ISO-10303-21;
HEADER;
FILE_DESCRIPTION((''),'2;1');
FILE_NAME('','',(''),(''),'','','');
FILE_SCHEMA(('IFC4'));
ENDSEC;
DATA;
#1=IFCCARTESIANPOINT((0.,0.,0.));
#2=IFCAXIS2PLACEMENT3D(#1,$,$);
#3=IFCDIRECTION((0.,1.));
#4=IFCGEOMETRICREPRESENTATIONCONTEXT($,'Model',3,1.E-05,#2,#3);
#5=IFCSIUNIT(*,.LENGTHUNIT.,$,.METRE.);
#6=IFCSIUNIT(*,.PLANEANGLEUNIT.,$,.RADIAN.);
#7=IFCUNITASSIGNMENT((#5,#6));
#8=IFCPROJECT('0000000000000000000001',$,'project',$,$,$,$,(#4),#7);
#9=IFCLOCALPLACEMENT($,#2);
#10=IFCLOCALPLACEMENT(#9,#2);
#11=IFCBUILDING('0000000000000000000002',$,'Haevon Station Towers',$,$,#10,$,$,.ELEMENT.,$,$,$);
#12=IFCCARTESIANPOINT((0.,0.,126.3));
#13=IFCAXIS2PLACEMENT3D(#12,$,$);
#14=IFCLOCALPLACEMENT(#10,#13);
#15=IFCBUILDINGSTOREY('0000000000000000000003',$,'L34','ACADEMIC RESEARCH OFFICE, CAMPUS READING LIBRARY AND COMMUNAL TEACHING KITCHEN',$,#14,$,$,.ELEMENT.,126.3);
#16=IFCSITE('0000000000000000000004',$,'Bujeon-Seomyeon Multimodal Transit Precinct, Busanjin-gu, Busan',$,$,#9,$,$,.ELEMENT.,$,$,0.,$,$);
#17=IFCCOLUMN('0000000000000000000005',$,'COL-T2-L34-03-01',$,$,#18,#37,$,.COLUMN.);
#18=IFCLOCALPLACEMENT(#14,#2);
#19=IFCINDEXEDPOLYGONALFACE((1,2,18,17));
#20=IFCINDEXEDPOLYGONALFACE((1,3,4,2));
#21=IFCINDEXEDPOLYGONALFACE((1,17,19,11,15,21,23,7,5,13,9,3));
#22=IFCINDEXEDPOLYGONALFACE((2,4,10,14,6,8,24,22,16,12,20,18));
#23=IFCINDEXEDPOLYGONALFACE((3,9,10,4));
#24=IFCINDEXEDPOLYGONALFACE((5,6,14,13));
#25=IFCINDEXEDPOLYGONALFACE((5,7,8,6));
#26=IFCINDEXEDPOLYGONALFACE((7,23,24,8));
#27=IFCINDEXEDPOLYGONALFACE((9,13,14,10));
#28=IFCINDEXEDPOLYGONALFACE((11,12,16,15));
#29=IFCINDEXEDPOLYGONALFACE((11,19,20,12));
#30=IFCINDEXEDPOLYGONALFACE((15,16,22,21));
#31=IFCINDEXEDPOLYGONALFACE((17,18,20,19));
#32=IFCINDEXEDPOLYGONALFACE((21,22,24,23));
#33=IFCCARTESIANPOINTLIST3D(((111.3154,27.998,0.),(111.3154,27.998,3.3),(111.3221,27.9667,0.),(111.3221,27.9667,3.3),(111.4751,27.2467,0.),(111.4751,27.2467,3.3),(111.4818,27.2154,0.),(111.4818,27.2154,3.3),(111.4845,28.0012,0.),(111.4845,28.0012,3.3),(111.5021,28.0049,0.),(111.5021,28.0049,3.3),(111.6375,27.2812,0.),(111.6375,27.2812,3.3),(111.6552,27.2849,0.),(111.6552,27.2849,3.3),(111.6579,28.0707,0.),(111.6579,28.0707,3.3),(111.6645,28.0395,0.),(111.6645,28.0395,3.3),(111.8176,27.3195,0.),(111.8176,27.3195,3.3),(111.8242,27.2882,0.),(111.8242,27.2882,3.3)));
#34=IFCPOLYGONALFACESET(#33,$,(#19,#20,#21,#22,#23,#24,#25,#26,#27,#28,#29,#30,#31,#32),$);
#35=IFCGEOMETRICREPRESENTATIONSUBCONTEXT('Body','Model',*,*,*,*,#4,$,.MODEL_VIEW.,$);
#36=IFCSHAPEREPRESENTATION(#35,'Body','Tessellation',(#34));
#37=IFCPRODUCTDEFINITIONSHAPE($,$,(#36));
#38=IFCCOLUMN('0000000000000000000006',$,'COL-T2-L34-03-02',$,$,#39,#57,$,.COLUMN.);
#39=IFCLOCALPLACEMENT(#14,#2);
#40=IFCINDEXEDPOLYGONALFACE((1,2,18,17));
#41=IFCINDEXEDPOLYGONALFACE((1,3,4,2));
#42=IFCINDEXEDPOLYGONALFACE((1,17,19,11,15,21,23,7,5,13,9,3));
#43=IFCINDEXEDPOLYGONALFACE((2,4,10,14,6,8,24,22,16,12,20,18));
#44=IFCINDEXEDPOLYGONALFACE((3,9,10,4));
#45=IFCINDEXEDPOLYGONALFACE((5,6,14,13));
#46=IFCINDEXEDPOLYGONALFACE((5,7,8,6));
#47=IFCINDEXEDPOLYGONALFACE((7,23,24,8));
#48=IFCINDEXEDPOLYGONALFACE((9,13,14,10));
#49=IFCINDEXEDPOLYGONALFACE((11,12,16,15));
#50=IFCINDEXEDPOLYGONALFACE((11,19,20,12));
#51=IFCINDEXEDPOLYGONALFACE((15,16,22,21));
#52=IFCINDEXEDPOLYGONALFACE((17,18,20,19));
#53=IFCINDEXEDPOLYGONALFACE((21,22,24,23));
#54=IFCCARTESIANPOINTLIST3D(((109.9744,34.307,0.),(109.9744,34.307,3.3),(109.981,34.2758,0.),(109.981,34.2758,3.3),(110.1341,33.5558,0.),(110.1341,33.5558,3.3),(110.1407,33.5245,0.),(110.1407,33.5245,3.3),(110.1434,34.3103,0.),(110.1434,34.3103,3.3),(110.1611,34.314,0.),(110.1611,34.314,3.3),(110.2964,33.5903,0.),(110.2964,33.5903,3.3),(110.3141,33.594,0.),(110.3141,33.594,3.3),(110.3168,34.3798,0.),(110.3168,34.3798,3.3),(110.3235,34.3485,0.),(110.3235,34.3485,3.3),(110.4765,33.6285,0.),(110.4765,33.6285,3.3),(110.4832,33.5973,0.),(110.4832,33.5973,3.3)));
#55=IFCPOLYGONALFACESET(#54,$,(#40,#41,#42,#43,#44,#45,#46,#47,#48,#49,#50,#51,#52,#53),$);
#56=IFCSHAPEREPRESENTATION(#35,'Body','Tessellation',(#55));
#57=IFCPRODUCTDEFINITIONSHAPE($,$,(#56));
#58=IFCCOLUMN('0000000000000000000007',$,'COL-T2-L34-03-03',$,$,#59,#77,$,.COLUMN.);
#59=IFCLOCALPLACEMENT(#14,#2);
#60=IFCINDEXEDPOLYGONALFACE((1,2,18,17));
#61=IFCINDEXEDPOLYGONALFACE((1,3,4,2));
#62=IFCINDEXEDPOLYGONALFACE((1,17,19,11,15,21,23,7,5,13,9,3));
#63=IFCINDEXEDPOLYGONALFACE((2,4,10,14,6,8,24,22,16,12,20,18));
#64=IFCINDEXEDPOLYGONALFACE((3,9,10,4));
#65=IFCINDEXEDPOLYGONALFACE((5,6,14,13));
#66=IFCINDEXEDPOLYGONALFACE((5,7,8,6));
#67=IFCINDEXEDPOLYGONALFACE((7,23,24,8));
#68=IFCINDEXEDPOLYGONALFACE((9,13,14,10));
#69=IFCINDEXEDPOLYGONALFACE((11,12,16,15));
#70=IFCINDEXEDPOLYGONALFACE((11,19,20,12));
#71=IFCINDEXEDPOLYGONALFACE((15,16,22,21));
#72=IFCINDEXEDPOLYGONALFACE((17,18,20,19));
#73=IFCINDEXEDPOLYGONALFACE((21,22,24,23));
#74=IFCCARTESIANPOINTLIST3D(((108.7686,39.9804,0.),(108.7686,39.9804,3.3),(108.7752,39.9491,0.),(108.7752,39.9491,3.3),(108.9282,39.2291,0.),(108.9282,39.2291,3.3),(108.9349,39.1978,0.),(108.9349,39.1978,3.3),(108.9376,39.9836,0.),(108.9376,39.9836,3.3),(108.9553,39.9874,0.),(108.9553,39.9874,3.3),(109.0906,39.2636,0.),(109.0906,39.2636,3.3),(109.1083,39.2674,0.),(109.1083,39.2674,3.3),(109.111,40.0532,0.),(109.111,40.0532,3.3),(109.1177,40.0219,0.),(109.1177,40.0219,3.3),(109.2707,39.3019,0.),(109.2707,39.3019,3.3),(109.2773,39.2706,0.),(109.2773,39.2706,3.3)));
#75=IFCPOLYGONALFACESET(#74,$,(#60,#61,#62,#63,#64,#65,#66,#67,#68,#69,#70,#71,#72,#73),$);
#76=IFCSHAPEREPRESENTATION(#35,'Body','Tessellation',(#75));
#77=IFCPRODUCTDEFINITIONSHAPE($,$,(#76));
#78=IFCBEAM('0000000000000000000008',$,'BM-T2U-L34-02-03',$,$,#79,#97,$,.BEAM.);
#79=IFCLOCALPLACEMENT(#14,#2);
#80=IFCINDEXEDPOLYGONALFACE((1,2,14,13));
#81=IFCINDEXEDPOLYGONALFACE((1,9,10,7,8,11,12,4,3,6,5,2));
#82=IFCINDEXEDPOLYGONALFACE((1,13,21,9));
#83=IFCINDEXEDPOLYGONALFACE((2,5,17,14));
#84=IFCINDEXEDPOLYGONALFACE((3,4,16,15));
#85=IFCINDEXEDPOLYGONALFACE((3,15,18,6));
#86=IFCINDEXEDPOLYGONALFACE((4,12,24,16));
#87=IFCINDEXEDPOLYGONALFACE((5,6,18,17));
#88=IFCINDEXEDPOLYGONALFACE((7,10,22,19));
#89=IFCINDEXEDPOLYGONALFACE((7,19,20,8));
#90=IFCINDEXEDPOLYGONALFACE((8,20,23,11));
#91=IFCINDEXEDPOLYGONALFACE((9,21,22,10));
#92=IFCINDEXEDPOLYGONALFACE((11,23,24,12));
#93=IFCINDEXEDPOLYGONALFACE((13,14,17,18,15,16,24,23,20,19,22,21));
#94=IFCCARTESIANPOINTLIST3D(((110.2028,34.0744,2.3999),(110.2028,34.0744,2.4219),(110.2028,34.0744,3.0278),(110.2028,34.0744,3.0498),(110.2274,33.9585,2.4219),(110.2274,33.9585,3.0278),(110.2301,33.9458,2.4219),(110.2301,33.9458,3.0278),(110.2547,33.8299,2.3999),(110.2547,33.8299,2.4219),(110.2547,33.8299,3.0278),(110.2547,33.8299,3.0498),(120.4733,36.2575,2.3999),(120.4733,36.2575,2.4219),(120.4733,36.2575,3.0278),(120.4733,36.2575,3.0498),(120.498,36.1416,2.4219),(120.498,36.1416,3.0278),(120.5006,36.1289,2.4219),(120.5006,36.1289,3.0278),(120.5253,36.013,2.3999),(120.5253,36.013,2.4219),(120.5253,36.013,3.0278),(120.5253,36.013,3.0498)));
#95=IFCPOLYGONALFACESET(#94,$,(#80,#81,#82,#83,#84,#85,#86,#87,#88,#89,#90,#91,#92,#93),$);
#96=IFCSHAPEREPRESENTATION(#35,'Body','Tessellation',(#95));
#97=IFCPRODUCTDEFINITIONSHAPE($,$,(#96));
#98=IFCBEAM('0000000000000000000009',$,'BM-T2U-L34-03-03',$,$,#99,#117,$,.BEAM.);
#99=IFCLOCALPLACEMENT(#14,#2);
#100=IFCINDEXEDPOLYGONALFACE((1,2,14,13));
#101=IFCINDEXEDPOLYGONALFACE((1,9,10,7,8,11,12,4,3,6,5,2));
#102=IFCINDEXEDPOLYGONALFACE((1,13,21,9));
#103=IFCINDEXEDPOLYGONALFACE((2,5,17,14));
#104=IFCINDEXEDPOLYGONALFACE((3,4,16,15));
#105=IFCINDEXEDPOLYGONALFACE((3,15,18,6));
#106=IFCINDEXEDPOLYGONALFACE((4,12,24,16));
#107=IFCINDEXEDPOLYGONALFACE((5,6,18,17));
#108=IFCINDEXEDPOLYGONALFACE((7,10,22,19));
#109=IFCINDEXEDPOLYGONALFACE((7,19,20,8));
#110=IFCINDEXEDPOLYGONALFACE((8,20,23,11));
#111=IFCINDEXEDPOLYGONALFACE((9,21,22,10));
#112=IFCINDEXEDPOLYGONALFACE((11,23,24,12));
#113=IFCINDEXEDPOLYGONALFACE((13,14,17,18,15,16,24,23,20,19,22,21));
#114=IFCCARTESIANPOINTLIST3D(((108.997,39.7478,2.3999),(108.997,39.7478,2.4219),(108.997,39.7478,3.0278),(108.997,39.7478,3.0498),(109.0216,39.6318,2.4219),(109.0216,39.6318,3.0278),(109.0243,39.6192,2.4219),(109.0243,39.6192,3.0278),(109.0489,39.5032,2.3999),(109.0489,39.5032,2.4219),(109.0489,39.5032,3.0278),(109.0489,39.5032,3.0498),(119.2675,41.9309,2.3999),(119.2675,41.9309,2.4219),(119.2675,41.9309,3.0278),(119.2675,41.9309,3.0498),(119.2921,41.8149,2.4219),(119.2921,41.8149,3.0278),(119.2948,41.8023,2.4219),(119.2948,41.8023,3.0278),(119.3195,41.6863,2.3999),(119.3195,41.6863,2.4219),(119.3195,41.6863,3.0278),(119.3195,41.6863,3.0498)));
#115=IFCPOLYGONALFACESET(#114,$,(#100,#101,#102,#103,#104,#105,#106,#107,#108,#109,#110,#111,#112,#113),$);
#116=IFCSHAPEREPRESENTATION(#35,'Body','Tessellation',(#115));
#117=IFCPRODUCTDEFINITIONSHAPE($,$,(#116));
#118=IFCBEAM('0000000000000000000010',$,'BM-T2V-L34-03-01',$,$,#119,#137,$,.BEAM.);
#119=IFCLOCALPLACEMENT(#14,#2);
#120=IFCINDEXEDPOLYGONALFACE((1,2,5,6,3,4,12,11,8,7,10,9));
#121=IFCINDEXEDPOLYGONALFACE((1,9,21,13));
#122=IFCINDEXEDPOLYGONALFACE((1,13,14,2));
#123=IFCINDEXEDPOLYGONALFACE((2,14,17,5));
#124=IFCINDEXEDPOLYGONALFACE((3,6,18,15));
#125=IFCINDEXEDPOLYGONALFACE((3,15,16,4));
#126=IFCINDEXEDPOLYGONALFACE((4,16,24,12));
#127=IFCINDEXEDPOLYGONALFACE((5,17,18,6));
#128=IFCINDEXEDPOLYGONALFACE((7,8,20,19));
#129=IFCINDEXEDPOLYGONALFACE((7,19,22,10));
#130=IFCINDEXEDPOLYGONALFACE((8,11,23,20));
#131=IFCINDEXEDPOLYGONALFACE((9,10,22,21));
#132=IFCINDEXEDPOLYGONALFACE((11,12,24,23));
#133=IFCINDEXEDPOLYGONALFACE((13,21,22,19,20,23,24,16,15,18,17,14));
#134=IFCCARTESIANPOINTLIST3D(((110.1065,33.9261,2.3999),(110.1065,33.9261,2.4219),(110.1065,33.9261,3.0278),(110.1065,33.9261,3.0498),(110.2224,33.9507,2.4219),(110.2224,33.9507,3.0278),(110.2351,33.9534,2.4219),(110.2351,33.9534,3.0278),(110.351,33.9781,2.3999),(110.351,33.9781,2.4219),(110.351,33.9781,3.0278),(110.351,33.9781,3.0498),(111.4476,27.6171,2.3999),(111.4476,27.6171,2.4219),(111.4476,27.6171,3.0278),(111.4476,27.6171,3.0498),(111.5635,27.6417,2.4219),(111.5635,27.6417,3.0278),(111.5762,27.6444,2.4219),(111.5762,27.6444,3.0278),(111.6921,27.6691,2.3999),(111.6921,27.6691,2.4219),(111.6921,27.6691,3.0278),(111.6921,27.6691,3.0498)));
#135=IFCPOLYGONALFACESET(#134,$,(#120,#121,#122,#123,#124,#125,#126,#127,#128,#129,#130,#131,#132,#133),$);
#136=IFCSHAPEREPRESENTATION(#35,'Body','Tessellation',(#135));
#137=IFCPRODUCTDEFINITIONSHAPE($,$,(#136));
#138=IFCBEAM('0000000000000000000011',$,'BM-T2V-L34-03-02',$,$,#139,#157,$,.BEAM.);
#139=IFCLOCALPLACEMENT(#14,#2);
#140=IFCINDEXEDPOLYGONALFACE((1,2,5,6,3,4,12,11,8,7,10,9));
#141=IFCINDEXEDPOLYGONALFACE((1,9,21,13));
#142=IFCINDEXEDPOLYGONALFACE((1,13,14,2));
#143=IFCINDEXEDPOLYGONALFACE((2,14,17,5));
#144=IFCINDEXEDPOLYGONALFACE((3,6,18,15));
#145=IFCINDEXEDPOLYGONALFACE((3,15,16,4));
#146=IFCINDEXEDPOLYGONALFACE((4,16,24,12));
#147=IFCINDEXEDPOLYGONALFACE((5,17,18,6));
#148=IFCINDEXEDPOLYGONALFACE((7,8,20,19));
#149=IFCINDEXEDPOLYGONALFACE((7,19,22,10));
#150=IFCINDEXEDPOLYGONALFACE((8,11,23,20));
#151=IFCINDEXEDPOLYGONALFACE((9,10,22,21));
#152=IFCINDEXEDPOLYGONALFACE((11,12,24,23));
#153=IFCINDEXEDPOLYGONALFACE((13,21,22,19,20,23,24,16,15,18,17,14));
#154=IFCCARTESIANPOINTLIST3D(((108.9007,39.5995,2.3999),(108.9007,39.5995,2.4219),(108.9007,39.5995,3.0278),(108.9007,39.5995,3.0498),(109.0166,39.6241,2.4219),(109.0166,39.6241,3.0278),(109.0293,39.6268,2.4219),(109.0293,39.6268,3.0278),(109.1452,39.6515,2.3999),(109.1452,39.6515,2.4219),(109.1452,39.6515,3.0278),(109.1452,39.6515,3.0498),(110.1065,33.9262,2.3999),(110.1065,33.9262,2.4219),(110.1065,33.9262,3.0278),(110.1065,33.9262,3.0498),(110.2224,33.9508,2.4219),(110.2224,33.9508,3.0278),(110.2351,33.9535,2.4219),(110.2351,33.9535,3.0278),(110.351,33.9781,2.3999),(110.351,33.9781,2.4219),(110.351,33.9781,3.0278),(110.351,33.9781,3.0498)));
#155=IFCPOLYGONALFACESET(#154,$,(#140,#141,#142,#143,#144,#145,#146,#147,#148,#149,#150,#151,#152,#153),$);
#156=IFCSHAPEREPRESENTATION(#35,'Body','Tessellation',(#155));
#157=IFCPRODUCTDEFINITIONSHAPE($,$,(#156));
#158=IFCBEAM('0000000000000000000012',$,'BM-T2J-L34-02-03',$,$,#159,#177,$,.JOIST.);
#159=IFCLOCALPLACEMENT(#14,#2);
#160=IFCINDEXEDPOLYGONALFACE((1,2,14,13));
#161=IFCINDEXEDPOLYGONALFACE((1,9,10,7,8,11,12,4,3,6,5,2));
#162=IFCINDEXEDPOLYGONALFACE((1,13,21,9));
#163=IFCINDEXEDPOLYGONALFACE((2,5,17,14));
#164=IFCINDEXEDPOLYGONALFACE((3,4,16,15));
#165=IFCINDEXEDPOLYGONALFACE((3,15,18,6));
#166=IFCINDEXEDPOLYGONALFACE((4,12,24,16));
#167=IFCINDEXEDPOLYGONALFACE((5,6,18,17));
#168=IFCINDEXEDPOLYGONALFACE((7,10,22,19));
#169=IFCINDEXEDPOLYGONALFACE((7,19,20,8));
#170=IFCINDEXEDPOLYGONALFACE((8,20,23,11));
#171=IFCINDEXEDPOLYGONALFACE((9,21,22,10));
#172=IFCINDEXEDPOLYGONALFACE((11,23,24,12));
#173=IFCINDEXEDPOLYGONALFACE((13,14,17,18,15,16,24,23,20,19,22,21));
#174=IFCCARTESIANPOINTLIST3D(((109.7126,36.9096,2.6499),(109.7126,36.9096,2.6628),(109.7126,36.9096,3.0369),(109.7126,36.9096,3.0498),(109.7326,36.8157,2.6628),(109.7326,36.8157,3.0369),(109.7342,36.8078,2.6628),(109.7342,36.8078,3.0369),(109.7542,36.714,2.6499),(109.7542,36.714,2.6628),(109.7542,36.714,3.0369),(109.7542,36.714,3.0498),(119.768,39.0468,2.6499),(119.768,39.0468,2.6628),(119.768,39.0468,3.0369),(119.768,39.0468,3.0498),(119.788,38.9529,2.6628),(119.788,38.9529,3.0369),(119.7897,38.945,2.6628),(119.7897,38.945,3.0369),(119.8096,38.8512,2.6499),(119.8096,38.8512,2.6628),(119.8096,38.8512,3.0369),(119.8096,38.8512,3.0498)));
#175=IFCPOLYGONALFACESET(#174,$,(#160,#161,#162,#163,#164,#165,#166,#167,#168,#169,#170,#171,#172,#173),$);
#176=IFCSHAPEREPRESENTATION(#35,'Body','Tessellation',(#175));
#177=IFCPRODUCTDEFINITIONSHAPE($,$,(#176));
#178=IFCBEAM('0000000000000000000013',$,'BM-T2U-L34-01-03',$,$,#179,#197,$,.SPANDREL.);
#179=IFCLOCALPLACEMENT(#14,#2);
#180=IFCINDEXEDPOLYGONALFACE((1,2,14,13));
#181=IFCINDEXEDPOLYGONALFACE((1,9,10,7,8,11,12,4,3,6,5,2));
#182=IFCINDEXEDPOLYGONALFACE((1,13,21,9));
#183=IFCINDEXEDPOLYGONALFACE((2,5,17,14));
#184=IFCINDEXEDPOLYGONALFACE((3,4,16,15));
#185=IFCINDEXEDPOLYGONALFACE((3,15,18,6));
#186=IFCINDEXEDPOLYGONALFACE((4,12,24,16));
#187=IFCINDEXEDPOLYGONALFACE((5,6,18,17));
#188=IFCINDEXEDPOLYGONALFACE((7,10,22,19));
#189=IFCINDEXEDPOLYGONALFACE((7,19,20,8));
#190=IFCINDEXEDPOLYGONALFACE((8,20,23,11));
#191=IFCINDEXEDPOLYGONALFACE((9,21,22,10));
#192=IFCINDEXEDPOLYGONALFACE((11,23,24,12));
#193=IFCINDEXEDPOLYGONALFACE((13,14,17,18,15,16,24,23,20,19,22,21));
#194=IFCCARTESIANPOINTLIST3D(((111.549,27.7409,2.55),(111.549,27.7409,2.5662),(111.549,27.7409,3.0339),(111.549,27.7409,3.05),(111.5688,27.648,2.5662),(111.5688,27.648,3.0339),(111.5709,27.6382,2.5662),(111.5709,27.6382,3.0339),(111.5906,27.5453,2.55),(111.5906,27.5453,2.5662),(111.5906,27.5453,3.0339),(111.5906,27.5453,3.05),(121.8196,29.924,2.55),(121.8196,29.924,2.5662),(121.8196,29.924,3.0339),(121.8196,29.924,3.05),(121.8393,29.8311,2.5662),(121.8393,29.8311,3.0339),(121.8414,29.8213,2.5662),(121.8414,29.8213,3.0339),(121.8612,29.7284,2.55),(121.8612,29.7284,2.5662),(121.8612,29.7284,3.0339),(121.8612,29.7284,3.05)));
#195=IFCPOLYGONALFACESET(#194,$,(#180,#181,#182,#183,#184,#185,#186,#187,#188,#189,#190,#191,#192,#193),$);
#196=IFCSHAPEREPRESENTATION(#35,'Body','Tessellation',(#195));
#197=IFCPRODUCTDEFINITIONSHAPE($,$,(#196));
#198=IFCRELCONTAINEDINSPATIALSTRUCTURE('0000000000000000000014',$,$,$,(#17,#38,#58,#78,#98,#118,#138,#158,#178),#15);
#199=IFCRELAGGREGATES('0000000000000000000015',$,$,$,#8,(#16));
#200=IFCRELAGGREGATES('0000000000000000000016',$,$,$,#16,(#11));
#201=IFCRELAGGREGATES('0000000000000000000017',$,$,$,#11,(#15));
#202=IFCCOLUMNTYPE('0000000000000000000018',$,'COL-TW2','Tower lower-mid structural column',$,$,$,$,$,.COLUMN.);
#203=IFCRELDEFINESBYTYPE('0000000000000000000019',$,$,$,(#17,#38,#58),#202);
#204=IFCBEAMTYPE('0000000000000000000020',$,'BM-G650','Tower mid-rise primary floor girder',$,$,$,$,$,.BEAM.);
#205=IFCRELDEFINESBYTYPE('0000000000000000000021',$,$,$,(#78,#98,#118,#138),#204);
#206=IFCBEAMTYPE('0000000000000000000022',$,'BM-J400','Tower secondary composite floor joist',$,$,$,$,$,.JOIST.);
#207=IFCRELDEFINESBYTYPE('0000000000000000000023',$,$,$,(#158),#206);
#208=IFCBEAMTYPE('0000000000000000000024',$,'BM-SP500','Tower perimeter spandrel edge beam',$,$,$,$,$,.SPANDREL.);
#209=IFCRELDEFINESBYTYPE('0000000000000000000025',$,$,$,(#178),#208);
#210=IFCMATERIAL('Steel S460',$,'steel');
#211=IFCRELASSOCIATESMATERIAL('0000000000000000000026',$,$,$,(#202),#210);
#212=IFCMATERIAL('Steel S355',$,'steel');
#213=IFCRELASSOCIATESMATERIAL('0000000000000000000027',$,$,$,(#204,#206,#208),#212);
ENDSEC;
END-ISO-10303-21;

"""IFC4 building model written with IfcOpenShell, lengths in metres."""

from ifc_helpers import new_model, si_unit, direction, frame, origin, origin_2d, place, context, subcontext, project, spatial, i_section, extrude, material, material_profile, profile_set, type_object, element, save


model = new_model("IFC4")

# Units and contexts
model_context = context("Model", 3, precision=1e-05, world=origin(), true_north=direction((0.0, 1.0)))
body_context = subcontext(model_context, "Body", "Model", "MODEL_VIEW")
ifc_project = project(units=[si_unit("LENGTHUNIT", "METRE"), si_unit("PLANEANGLEUNIT", "RADIAN")], contexts=[model_context])

# Site, building, storey
site_placement = place(None, origin())
site = spatial("IfcSite", under=ifc_project, at=site_placement, Name="Bujeon-Seomyeon Multimodal Transit Precinct, Busanjin-gu, Busan", CompositionType="ELEMENT", RefElevation=0.0)
building_placement = place(site_placement, origin())
building = spatial("IfcBuilding", under=site, at=building_placement, Name="Haevon Station Towers", CompositionType="ELEMENT")
storey_placement = place(building_placement, frame((0.0, 0.0, 126.3)))
storey = spatial("IfcBuildingStorey", under=building, at=storey_placement, Name="L34", Description="ACADEMIC RESEARCH OFFICE, CAMPUS READING LIBRARY AND COMMUNAL TEACHING KITCHEN", CompositionType="ELEMENT", Elevation=126.3)

# Columns
ifc_material_1 = material(Name="Steel S460", Category="steel")
ifc_material_profile_1 = material_profile(ifc_material_1, i_section(OverallWidth=0.3501, OverallDepth=0.8, WebThickness=0.0181, FlangeThickness=0.032, at=origin_2d()), Name="H-800x350x18x32")
ifc_profile_set_1 = profile_set([ifc_material_profile_1], Name="Steel S460")
column_type = type_object("IfcColumnType", Name="COL-TW2", Description="Tower lower-mid structural column", PredefinedType="COLUMN", material=ifc_profile_set_1)
for number, where, z_axis, x_axis, name in (
    (1, (111.5698, 27.6431, 0.0), (0.0, 0.0, 1.0), (0.978148, 0.207912, 0.0), "COL-T2-L34-03-01"),
    (2, (110.2288, 33.9521, 0.0), (0.0, 0.0, 1.0), (0.978148, 0.207912, 0.0), "COL-T2-L34-03-02"),
    (3, (109.0229, 39.6255, 0.0), (0.0, 0.0, 1.0), (0.978148, 0.207912, 0.0), "COL-T2-L34-03-03"),
):
    element("IfcColumn", number, at=place(storey_placement, frame(where, z_axis=z_axis, x_axis=x_axis)), inside=storey, type_object=column_type, Name=name, PredefinedType="COLUMN", context=body_context, shape_type="SweptSolid", body=[
        extrude(i_section(OverallWidth=0.3501, OverallDepth=0.8, WebThickness=0.0181, FlangeThickness=0.032, at=origin_2d()), origin(), (0.0, 0.0, 1.0), 3.3),
    ])

# Beams
ifc_material_2 = material(Name="Steel S355", Category="steel")
ifc_material_profile_2 = material_profile(ifc_material_2, i_section(OverallWidth=0.25, OverallDepth=0.6499, WebThickness=0.0129, FlangeThickness=0.022, at=origin_2d()), Name="H-650x250x13x22")
ifc_profile_set_2 = profile_set([ifc_material_profile_2], Name="Steel S355")
beam_type_1 = type_object("IfcBeamType", Name="BM-G650", Description="Tower mid-rise primary floor girder", PredefinedType="BEAM", material=ifc_profile_set_2)
for number, where, z_axis, x_axis, name in (
    (4, (110.2288, 33.9521, 2.7249), (0.978147, 0.207915, 0.0), (-0.207915, 0.978147, 0.0), "BM-T2U-L34-02-03"),
    (5, (109.0229, 39.6255, 2.7249), (0.978147, 0.207915, 0.0), (-0.207915, 0.978147, 0.0), "BM-T2U-L34-03-03"),
):
    element("IfcBeam", number, at=place(storey_placement, frame(where, z_axis=z_axis, x_axis=x_axis)), inside=storey, type_object=beam_type_1, Name=name, PredefinedType="BEAM", context=body_context, shape_type="SweptSolid", body=[
        extrude(i_section(OverallWidth=0.25, OverallDepth=0.6499, WebThickness=0.0129, FlangeThickness=0.022, at=origin_2d()), origin(), (0.0, 0.0, 1.0), 10.5),
    ])
beam_1_placement = place(storey_placement, frame((111.5698, 27.6431, 2.7249), z_axis=(-0.207916, 0.978147, 0.0), x_axis=(-0.978147, -0.207916, 0.0)))
element("IfcBeam", 6, at=beam_1_placement, inside=storey, type_object=beam_type_1, Name="BM-T2V-L34-03-01", PredefinedType="BEAM", context=body_context, shape_type="SweptSolid", body=[
    extrude(i_section(OverallWidth=0.25, OverallDepth=0.6499, WebThickness=0.0129, FlangeThickness=0.022, at=origin_2d()), origin(), (0.0, 0.0, 1.0), 6.45),
])
beam_2_placement = place(storey_placement, frame((110.2288, 33.9521, 2.7249), z_axis=(-0.207896, 0.978151, 0.0), x_axis=(-0.978151, -0.207896, 0.0)))
element("IfcBeam", 7, at=beam_2_placement, inside=storey, type_object=beam_type_1, Name="BM-T2V-L34-03-02", PredefinedType="BEAM", context=body_context, shape_type="SweptSolid", body=[
    extrude(i_section(OverallWidth=0.25, OverallDepth=0.6499, WebThickness=0.0129, FlangeThickness=0.022, at=origin_2d()), origin(), (0.0, 0.0, 1.0), 5.8),
])
ifc_material_profile_3 = material_profile(ifc_material_2, i_section(OverallWidth=0.2, OverallDepth=0.3999, WebThickness=0.0081, FlangeThickness=0.0129, at=origin_2d()), Name="H-400x200x8x13")
ifc_profile_set_3 = profile_set([ifc_material_profile_3], Name="Steel S355")
beam_type_2 = type_object("IfcBeamType", Name="BM-J400", Description="Tower secondary composite floor joist", PredefinedType="JOIST", material=ifc_profile_set_3)
beam_3_placement = place(storey_placement, frame((109.7334, 36.8118, 2.8499), z_axis=(0.97815, 0.207899, 0.0), x_axis=(-0.207899, 0.97815, 0.0)))
element("IfcBeam", 8, at=beam_3_placement, inside=storey, type_object=beam_type_2, Name="BM-T2J-L34-02-03", PredefinedType="JOIST", context=body_context, shape_type="SweptSolid", body=[
    extrude(i_section(OverallWidth=0.2, OverallDepth=0.3999, WebThickness=0.0081, FlangeThickness=0.0129, at=origin_2d()), origin(), (0.0, 0.0, 1.0), 10.28),
])
ifc_material_profile_4 = material_profile(ifc_material_2, i_section(OverallWidth=0.2, OverallDepth=0.5, WebThickness=0.01, FlangeThickness=0.0161, at=origin_2d()), Name="H-500x200x10x16")
ifc_profile_set_4 = profile_set([ifc_material_profile_4], Name="Steel S355")
beam_type_3 = type_object("IfcBeamType", Name="BM-SP500", Description="Tower perimeter spandrel edge beam", PredefinedType="SPANDREL", material=ifc_profile_set_4)
beam_4_placement = place(storey_placement, frame((111.5698, 27.6431, 2.8), z_axis=(0.978147, 0.207915, 0.0), x_axis=(-0.207915, 0.978147, 0.0)))
element("IfcBeam", 9, at=beam_4_placement, inside=storey, type_object=beam_type_3, Name="BM-T2U-L34-01-03", PredefinedType="SPANDREL", context=body_context, shape_type="SweptSolid", body=[
    extrude(i_section(OverallWidth=0.2, OverallDepth=0.5, WebThickness=0.01, FlangeThickness=0.0161, at=origin_2d()), origin(), (0.0, 0.0, 1.0), 10.5),
])

save(model, "model.ifc")
